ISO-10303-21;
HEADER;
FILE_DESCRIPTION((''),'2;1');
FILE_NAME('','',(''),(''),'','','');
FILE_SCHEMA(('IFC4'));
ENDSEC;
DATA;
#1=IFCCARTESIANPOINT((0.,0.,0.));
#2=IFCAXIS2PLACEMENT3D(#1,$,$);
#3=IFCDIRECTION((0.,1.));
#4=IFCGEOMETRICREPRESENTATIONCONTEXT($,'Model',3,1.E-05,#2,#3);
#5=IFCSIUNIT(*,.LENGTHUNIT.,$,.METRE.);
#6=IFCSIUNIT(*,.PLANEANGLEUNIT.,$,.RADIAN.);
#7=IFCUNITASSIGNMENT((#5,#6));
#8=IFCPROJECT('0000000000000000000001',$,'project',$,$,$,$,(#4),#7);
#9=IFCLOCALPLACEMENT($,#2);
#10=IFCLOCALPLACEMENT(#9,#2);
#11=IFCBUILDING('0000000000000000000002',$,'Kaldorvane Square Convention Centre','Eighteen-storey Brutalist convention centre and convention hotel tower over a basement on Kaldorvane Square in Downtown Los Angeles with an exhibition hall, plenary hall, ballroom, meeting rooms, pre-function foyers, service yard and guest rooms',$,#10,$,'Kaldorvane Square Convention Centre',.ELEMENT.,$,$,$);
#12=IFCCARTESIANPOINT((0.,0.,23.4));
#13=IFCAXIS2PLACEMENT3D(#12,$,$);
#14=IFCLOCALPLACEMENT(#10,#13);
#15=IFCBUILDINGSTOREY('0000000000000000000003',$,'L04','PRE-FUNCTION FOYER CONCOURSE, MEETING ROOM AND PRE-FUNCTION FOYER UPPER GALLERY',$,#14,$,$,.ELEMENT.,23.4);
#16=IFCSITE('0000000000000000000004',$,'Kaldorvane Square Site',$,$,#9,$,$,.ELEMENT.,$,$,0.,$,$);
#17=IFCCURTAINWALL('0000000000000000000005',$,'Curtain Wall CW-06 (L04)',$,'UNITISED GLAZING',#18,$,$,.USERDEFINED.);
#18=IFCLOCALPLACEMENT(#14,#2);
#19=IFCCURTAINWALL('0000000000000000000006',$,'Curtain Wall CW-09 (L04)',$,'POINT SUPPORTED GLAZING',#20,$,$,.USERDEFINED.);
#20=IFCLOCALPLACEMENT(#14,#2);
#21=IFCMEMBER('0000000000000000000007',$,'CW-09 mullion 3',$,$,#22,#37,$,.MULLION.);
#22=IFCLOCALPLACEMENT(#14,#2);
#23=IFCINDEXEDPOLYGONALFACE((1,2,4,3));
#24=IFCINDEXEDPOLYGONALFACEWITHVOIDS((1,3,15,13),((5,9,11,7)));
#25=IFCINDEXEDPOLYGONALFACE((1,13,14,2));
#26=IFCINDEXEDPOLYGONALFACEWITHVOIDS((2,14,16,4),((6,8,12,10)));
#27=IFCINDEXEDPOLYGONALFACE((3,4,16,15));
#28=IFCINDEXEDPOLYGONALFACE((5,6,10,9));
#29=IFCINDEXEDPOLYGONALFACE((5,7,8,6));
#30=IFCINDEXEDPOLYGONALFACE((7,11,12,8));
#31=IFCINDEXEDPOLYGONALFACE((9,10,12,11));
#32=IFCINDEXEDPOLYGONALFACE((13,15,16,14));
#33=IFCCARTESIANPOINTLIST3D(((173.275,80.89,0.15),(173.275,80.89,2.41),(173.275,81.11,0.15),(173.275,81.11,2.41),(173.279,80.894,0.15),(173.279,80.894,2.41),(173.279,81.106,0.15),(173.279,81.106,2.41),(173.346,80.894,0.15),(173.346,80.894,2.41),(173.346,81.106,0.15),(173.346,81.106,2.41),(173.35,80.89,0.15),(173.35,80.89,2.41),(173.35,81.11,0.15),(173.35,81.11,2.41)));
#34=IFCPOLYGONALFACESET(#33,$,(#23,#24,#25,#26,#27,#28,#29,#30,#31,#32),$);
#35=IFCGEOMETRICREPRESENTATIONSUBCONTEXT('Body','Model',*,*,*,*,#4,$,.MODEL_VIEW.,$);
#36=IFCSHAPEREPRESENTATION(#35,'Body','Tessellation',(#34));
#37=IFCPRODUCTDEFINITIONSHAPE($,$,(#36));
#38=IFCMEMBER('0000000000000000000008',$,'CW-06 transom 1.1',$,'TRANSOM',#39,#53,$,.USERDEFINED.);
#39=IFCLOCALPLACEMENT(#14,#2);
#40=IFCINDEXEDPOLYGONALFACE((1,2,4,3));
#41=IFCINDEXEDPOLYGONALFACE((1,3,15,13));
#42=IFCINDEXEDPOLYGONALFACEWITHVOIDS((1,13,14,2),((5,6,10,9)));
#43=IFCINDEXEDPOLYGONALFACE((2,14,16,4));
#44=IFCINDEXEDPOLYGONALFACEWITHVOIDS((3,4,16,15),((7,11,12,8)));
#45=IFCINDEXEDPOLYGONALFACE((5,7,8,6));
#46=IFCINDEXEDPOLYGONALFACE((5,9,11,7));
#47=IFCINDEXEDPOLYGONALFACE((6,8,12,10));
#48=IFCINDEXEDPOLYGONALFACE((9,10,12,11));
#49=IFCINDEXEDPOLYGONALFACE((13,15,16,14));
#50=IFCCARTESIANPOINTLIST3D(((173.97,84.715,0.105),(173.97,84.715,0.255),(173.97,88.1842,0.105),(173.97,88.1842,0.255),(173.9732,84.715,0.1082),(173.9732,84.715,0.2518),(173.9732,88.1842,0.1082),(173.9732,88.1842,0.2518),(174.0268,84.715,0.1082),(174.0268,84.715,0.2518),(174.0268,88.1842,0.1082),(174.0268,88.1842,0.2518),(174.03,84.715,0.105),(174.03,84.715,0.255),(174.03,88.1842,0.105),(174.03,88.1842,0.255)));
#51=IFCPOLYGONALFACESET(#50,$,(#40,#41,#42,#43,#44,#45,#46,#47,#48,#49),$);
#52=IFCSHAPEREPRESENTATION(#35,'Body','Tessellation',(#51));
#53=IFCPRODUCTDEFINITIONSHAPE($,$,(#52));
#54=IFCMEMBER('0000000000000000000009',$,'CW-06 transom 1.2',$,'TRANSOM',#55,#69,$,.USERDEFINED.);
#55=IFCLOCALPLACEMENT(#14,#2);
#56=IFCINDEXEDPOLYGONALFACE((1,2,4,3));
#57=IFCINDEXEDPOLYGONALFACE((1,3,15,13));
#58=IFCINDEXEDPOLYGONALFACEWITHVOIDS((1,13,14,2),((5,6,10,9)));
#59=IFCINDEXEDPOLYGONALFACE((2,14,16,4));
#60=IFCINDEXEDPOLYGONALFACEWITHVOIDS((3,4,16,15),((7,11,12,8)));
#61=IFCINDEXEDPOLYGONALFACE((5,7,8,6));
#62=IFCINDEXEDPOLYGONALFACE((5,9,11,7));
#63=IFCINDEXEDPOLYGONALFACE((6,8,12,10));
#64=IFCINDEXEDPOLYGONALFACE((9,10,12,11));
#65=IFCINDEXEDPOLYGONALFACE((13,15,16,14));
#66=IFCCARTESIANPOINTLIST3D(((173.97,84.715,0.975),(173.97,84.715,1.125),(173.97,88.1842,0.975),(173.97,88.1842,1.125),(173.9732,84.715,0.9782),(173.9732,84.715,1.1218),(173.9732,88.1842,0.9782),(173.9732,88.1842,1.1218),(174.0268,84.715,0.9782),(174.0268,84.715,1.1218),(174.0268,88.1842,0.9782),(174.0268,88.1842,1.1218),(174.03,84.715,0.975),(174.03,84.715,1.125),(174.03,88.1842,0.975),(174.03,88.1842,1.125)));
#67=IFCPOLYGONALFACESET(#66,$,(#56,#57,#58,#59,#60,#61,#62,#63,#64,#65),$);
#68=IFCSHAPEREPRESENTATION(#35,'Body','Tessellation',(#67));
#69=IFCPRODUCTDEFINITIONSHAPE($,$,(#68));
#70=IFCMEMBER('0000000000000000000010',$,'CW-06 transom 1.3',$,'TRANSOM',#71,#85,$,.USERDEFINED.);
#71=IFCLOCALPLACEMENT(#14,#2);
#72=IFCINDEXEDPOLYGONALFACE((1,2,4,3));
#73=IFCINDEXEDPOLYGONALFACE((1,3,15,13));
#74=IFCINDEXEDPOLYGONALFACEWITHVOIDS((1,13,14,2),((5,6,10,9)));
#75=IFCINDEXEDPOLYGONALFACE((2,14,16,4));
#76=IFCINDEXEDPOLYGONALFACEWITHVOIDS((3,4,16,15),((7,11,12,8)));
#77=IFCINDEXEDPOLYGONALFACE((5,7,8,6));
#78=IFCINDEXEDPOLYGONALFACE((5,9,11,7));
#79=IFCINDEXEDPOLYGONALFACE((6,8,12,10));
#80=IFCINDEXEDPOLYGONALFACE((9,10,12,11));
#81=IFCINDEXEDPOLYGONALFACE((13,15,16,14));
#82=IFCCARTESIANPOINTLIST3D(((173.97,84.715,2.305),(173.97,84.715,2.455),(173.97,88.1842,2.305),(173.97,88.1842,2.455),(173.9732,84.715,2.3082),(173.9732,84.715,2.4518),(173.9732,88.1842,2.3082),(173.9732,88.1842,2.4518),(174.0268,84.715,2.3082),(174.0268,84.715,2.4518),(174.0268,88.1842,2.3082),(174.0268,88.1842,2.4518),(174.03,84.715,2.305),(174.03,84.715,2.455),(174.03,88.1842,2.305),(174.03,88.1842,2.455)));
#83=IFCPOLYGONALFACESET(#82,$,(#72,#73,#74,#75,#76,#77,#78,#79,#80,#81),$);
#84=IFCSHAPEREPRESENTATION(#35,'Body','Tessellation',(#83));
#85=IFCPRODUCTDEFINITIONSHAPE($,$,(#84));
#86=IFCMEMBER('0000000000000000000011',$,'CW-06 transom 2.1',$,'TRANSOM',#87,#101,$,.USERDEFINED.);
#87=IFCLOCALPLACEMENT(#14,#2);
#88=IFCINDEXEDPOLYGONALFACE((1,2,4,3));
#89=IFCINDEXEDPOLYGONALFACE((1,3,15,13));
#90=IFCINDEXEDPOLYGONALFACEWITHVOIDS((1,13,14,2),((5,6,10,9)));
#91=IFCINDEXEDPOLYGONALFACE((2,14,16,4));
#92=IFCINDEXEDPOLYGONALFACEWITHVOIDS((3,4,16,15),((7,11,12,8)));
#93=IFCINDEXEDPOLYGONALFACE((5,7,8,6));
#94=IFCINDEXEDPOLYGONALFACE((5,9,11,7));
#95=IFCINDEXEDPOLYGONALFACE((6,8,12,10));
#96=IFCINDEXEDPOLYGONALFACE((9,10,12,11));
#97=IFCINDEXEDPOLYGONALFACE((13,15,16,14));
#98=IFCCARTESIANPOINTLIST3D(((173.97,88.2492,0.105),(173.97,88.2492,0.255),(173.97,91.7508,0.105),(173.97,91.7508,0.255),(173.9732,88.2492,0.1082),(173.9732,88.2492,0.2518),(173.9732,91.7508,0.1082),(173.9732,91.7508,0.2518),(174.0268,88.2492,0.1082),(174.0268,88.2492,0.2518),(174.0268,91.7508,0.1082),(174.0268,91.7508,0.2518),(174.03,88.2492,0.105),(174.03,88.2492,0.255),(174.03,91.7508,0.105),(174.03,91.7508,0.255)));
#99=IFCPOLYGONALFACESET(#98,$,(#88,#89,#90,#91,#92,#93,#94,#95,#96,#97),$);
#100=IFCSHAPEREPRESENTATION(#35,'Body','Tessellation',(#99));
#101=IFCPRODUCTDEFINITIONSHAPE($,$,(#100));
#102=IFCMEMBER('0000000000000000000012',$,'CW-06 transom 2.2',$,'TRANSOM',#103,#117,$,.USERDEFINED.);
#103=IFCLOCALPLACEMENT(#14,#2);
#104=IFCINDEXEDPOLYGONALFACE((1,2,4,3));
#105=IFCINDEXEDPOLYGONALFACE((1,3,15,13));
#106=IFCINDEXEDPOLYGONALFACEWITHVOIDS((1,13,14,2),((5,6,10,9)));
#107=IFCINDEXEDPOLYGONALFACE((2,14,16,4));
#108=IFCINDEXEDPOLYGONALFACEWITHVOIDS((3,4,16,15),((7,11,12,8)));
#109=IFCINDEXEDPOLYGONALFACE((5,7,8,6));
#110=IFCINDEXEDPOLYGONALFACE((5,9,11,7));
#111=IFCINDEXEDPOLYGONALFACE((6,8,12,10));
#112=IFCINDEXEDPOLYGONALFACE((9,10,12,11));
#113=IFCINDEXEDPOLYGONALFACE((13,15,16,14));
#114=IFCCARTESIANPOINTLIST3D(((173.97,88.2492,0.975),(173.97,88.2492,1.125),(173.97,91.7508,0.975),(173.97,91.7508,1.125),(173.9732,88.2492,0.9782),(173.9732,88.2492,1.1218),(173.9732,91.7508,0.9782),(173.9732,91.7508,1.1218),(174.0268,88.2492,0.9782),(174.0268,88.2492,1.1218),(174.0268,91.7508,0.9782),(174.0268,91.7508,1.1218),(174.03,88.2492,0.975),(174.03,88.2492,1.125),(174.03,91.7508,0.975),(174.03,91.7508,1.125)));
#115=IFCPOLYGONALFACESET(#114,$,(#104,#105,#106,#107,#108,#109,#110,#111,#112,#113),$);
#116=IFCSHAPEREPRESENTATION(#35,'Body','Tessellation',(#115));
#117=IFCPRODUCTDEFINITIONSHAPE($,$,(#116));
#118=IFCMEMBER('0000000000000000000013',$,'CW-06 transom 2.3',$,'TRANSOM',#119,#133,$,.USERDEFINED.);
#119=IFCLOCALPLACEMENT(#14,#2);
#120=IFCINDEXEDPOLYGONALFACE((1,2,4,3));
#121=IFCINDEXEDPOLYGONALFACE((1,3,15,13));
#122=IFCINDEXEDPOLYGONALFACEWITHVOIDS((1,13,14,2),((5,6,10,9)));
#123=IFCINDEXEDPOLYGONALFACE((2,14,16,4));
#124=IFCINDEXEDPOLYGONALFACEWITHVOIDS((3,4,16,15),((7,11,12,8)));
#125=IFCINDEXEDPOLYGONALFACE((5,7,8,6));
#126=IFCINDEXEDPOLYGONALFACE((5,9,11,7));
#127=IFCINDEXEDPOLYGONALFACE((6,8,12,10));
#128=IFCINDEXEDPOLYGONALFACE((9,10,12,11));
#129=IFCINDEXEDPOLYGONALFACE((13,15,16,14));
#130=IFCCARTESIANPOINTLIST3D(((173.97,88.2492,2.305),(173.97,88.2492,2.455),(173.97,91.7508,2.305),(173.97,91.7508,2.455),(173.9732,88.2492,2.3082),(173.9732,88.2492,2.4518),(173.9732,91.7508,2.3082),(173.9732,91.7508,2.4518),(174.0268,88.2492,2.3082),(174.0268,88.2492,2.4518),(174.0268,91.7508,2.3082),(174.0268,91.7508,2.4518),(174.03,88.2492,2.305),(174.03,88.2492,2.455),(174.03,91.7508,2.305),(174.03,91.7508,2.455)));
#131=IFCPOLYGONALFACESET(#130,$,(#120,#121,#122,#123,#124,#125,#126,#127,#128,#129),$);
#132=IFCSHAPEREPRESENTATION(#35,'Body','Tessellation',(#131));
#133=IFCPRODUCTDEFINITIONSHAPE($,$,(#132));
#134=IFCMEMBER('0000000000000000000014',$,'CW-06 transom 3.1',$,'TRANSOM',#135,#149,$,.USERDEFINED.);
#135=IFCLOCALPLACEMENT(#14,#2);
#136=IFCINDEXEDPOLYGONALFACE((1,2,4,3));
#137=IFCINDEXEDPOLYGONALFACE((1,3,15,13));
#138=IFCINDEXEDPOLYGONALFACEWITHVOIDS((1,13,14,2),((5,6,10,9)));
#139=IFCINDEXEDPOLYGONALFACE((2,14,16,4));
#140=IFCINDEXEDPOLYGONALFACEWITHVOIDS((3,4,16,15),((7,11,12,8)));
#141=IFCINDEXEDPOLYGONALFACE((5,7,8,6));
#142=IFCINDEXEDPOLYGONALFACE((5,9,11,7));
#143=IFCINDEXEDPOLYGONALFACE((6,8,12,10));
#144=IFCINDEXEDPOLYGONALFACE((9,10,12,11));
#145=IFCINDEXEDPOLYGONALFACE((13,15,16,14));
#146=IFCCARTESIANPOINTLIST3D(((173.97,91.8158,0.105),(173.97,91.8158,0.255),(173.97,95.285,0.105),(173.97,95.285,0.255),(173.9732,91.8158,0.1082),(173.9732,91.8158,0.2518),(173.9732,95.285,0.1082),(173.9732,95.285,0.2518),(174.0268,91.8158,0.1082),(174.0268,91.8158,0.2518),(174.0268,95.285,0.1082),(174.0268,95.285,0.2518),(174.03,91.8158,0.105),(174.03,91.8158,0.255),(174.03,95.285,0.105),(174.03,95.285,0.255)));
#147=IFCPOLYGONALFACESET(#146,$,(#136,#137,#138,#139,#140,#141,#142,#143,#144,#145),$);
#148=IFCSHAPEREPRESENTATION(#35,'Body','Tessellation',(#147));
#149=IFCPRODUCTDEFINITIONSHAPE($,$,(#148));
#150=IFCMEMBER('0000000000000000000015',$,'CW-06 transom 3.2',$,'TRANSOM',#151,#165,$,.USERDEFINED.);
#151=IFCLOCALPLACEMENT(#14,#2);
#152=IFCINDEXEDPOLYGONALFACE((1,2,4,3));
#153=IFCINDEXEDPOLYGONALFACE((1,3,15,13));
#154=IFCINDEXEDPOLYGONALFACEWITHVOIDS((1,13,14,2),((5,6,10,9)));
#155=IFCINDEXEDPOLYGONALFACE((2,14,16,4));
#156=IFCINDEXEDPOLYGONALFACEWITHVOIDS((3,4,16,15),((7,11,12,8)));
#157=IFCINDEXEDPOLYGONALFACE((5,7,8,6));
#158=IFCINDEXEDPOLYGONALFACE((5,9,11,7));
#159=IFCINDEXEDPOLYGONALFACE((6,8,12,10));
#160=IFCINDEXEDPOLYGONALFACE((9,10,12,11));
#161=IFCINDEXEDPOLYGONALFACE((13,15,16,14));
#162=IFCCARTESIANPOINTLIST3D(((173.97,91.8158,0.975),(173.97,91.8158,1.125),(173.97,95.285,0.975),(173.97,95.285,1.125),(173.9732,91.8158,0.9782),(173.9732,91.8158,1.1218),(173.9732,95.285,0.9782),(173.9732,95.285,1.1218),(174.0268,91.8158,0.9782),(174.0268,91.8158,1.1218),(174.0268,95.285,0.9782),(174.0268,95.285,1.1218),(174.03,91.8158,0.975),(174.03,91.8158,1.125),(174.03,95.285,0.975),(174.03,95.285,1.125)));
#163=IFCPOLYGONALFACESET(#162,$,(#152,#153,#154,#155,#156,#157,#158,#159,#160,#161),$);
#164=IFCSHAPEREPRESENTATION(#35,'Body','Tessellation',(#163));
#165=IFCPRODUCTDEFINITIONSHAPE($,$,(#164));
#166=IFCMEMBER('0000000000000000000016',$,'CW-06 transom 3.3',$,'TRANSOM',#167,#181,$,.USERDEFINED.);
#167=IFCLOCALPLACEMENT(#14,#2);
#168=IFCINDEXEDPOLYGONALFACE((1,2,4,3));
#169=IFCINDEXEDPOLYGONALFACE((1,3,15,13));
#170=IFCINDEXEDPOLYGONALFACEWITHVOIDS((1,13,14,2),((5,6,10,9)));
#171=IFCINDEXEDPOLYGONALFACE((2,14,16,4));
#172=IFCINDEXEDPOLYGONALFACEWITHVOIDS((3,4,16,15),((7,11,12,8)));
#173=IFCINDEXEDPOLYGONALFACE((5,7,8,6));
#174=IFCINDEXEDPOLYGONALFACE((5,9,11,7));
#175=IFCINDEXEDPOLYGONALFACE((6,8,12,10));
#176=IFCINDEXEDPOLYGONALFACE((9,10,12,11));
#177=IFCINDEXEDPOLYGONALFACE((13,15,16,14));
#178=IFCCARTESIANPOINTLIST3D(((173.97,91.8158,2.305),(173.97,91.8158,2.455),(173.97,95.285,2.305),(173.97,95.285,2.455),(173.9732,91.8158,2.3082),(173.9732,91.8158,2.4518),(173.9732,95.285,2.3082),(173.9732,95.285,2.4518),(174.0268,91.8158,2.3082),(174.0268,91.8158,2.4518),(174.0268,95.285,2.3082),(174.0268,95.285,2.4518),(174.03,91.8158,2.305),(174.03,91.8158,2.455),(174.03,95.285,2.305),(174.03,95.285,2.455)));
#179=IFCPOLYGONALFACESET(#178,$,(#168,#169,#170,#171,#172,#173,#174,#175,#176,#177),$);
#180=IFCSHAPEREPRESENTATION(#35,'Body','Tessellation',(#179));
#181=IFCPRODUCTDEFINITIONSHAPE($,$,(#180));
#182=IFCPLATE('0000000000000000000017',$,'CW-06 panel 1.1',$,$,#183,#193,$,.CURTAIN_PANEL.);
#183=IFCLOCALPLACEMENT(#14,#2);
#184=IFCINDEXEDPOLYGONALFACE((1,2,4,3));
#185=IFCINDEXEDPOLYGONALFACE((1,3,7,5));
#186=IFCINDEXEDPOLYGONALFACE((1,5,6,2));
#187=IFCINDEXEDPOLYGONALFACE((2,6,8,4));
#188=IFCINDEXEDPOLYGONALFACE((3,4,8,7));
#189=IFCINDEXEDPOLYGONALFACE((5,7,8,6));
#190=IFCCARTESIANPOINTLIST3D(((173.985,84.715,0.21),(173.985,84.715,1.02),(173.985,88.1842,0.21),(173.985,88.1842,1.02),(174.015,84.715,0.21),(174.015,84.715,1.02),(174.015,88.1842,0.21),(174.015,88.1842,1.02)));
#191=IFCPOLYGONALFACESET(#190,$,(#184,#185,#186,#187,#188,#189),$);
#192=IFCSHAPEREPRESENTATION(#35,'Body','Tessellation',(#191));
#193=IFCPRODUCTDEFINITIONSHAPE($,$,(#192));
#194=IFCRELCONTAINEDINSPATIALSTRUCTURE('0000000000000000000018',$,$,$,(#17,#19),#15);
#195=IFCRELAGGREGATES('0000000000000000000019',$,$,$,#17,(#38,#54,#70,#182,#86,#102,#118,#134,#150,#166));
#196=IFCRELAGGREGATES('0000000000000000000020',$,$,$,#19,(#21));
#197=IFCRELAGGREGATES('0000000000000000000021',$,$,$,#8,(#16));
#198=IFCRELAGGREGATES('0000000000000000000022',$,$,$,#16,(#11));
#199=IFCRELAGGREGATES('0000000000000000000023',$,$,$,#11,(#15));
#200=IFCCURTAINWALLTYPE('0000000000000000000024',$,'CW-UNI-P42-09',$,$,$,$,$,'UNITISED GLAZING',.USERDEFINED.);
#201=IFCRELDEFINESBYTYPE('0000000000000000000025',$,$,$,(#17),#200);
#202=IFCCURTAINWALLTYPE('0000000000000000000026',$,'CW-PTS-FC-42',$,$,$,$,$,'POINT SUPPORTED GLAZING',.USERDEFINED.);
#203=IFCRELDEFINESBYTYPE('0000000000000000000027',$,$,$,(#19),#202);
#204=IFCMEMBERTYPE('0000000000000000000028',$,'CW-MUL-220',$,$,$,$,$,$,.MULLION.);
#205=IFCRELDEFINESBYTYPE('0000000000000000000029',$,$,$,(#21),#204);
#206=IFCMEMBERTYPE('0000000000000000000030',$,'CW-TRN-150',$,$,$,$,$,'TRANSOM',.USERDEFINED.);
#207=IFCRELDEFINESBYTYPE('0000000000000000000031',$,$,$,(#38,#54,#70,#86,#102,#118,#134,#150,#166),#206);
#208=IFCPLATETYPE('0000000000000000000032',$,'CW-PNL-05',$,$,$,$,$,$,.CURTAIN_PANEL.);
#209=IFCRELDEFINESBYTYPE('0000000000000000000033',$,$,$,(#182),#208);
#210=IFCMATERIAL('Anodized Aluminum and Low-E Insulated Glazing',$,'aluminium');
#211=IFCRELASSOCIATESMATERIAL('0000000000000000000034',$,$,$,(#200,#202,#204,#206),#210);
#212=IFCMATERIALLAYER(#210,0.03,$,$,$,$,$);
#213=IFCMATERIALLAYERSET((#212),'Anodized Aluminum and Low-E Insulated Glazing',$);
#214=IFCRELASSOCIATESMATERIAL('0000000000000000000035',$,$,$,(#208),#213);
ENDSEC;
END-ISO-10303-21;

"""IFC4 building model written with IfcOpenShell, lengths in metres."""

from ifc_helpers import new_model, si_unit, direction, frame, origin, origin_2d, place, context, subcontext, project, spatial, rectangle, hollow_rectangle, extrude, material, layer, layer_set, material_profile, profile_set, type_object, element, aggregate, save


model = new_model("IFC4")

# Units and contexts
model_context = context("Model", 3, precision=1e-05, world=origin(), true_north=direction((0.0, 1.0)))
body_context = subcontext(model_context, "Body", "Model", "MODEL_VIEW")
ifc_project = project(units=[si_unit("LENGTHUNIT", "METRE"), si_unit("PLANEANGLEUNIT", "RADIAN")], contexts=[model_context])

# Site, building, storey
site_placement = place(None, origin())
site = spatial("IfcSite", under=ifc_project, at=site_placement, Name="Kaldorvane Square Site", CompositionType="ELEMENT", RefElevation=0.0)
building_placement = place(site_placement, origin())
building = spatial("IfcBuilding", under=site, at=building_placement, Name="Kaldorvane Square Convention Centre", Description="Eighteen-storey Brutalist convention centre and convention hotel tower over a basement on Kaldorvane Square in Downtown Los Angeles with an exhibition hall, plenary hall, ballroom, meeting rooms, pre-function foyers, service yard and guest rooms", LongName="Kaldorvane Square Convention Centre", CompositionType="ELEMENT")
storey_placement = place(building_placement, frame((0.0, 0.0, 23.4)))
storey = spatial("IfcBuildingStorey", under=building, at=storey_placement, Name="L04", Description="PRE-FUNCTION FOYER CONCOURSE, MEETING ROOM AND PRE-FUNCTION FOYER UPPER GALLERY", CompositionType="ELEMENT", Elevation=23.4)

# Curtain wall
ifc_material_1 = material(Name="Anodized Aluminum and Low-E Insulated Glazing", Category="aluminium")
curtain_wall_type_1 = type_object("IfcCurtainWallType", Name="CW-UNI-P42-09", ElementType="UNITISED GLAZING", PredefinedType="USERDEFINED", material=ifc_material_1)
curtain_wall_1_placement = place(storey_placement, origin())
curtain_wall_1 = element("IfcCurtainWall", 1, at=curtain_wall_1_placement, inside=storey, type_object=curtain_wall_type_1, Name="Curtain Wall CW-06 (L04)", ObjectType="UNITISED GLAZING", PredefinedType="USERDEFINED")

# Curtain wall, member
curtain_wall_type_2 = type_object("IfcCurtainWallType", Name="CW-PTS-FC-42", ElementType="POINT SUPPORTED GLAZING", PredefinedType="USERDEFINED", material=ifc_material_1)
curtain_wall_2_placement = place(storey_placement, origin())
curtain_wall_2 = element("IfcCurtainWall", 2, at=curtain_wall_2_placement, inside=storey, type_object=curtain_wall_type_2, Name="Curtain Wall CW-09 (L04)", ObjectType="POINT SUPPORTED GLAZING", PredefinedType="USERDEFINED")
ifc_material_profile_1 = material_profile(ifc_material_1, hollow_rectangle(XDim=0.075, YDim=0.22, WallThickness=0.004, at=origin_2d()), Name="CWM-220X75")
ifc_profile_set_1 = profile_set([ifc_material_profile_1], Name="Anodized Aluminum and Low-E Insulated Glazing")
member_type_1 = type_object("IfcMemberType", Name="CW-MUL-220", PredefinedType="MULLION", material=ifc_profile_set_1)
member_1_placement = place(storey_placement, frame((173.3125, 81.0, 0.15), z_axis=(0.0, 0.0, 1.0), x_axis=(1.0, 0.0, 0.0)))
member_1 = element("IfcMember", 3, at=member_1_placement, type_object=member_type_1, Name="CW-09 mullion 3", PredefinedType="MULLION", context=body_context, shape_type="SweptSolid", body=[
    extrude(hollow_rectangle(XDim=0.075, YDim=0.22, WallThickness=0.004, at=origin_2d()), origin(), (0.0, 0.0, 1.0), 2.26),
])

# Members
ifc_material_profile_2 = material_profile(ifc_material_1, hollow_rectangle(XDim=0.06, YDim=0.15, WallThickness=0.0032, at=origin_2d()), Name="CWT-150X60")
ifc_profile_set_2 = profile_set([ifc_material_profile_2], Name="Anodized Aluminum and Low-E Insulated Glazing")
member_type_2 = type_object("IfcMemberType", Name="CW-TRN-150", ElementType="TRANSOM", PredefinedType="USERDEFINED", material=ifc_profile_set_2)
member_2_placement = place(storey_placement, frame((174.0, 84.715, 0.18), z_axis=(0.0, 1.0, 0.0), x_axis=(-1.0, 0.0, 0.0)))
member_2 = element("IfcMember", 4, at=member_2_placement, type_object=member_type_2, Name="CW-06 transom 1.1", ObjectType="TRANSOM", PredefinedType="USERDEFINED", context=body_context, shape_type="SweptSolid", body=[
    extrude(hollow_rectangle(XDim=0.06, YDim=0.15, WallThickness=0.0032, at=origin_2d()), origin(), (0.0, 0.0, 1.0), 3.4692),
])
member_3_placement = place(storey_placement, frame((174.0, 84.715, 1.05), z_axis=(0.0, 1.0, 0.0), x_axis=(-1.0, 0.0, 0.0)))
member_3 = element("IfcMember", 5, at=member_3_placement, type_object=member_type_2, Name="CW-06 transom 1.2", ObjectType="TRANSOM", PredefinedType="USERDEFINED", context=body_context, shape_type="SweptSolid", body=[
    extrude(hollow_rectangle(XDim=0.06, YDim=0.15, WallThickness=0.0032, at=origin_2d()), origin(), (0.0, 0.0, 1.0), 3.4692),
])
member_4_placement = place(storey_placement, frame((174.0, 84.715, 2.38), z_axis=(0.0, 1.0, 0.0), x_axis=(-1.0, 0.0, 0.0)))
member_4 = element("IfcMember", 6, at=member_4_placement, type_object=member_type_2, Name="CW-06 transom 1.3", ObjectType="TRANSOM", PredefinedType="USERDEFINED", context=body_context, shape_type="SweptSolid", body=[
    extrude(hollow_rectangle(XDim=0.06, YDim=0.15, WallThickness=0.0032, at=origin_2d()), origin(), (0.0, 0.0, 1.0), 3.4692),
])
member_5_placement = place(storey_placement, frame((174.0, 88.2492, 0.18), z_axis=(0.0, 1.0, 0.0), x_axis=(-1.0, 0.0, 0.0)))
member_5 = element("IfcMember", 7, at=member_5_placement, type_object=member_type_2, Name="CW-06 transom 2.1", ObjectType="TRANSOM", PredefinedType="USERDEFINED", context=body_context, shape_type="SweptSolid", body=[
    extrude(hollow_rectangle(XDim=0.06, YDim=0.15, WallThickness=0.0032, at=origin_2d()), origin(), (0.0, 0.0, 1.0), 3.5017),
])
member_6_placement = place(storey_placement, frame((174.0, 88.2492, 1.05), z_axis=(0.0, 1.0, 0.0), x_axis=(-1.0, 0.0, 0.0)))
member_6 = element("IfcMember", 8, at=member_6_placement, type_object=member_type_2, Name="CW-06 transom 2.2", ObjectType="TRANSOM", PredefinedType="USERDEFINED", context=body_context, shape_type="SweptSolid", body=[
    extrude(hollow_rectangle(XDim=0.06, YDim=0.15, WallThickness=0.0032, at=origin_2d()), origin(), (0.0, 0.0, 1.0), 3.5017),
])
member_7_placement = place(storey_placement, frame((174.0, 88.2492, 2.38), z_axis=(0.0, 1.0, 0.0), x_axis=(-1.0, 0.0, 0.0)))
member_7 = element("IfcMember", 9, at=member_7_placement, type_object=member_type_2, Name="CW-06 transom 2.3", ObjectType="TRANSOM", PredefinedType="USERDEFINED", context=body_context, shape_type="SweptSolid", body=[
    extrude(hollow_rectangle(XDim=0.06, YDim=0.15, WallThickness=0.0032, at=origin_2d()), origin(), (0.0, 0.0, 1.0), 3.5017),
])
member_8_placement = place(storey_placement, frame((174.0, 91.8158, 0.18), z_axis=(0.0, 1.0, 0.0), x_axis=(-1.0, 0.0, 0.0)))
member_8 = element("IfcMember", 10, at=member_8_placement, type_object=member_type_2, Name="CW-06 transom 3.1", ObjectType="TRANSOM", PredefinedType="USERDEFINED", context=body_context, shape_type="SweptSolid", body=[
    extrude(hollow_rectangle(XDim=0.06, YDim=0.15, WallThickness=0.0032, at=origin_2d()), origin(), (0.0, 0.0, 1.0), 3.4692),
])
member_9_placement = place(storey_placement, frame((174.0, 91.8158, 1.05), z_axis=(0.0, 1.0, 0.0), x_axis=(-1.0, 0.0, 0.0)))
member_9 = element("IfcMember", 11, at=member_9_placement, type_object=member_type_2, Name="CW-06 transom 3.2", ObjectType="TRANSOM", PredefinedType="USERDEFINED", context=body_context, shape_type="SweptSolid", body=[
    extrude(hollow_rectangle(XDim=0.06, YDim=0.15, WallThickness=0.0032, at=origin_2d()), origin(), (0.0, 0.0, 1.0), 3.4692),
])
member_10_placement = place(storey_placement, frame((174.0, 91.8158, 2.38), z_axis=(0.0, 1.0, 0.0), x_axis=(-1.0, 0.0, 0.0)))
member_10 = element("IfcMember", 12, at=member_10_placement, type_object=member_type_2, Name="CW-06 transom 3.3", ObjectType="TRANSOM", PredefinedType="USERDEFINED", context=body_context, shape_type="SweptSolid", body=[
    extrude(hollow_rectangle(XDim=0.06, YDim=0.15, WallThickness=0.0032, at=origin_2d()), origin(), (0.0, 0.0, 1.0), 3.4692),
])

# Plate
ifc_layer_1 = layer(ifc_material_1, 0.03)
ifc_layer_set_1 = layer_set([ifc_layer_1], Name="Anodized Aluminum and Low-E Insulated Glazing")
plate_type_1 = type_object("IfcPlateType", Name="CW-PNL-05", PredefinedType="CURTAIN_PANEL", material=ifc_layer_set_1)
plate_1_placement = place(storey_placement, frame((174.0, 86.4496, 0.21), z_axis=(0.0, 0.0, 1.0), x_axis=(0.0, 1.0, 0.0)))
plate_1 = element("IfcPlate", 13, at=plate_1_placement, type_object=plate_type_1, Name="CW-06 panel 1.1", PredefinedType="CURTAIN_PANEL", context=body_context, shape_type="SweptSolid", body=[
    extrude(rectangle(XDim=3.4692, YDim=0.03, at=origin_2d()), origin(), (0.0, 0.0, 1.0), 0.81),
])
aggregate(curtain_wall_1, [member_2, member_3, member_4, plate_1, member_5, member_6, member_7, member_8, member_9, member_10])
aggregate(curtain_wall_2, [member_1])

save(model, "model.ifc")
